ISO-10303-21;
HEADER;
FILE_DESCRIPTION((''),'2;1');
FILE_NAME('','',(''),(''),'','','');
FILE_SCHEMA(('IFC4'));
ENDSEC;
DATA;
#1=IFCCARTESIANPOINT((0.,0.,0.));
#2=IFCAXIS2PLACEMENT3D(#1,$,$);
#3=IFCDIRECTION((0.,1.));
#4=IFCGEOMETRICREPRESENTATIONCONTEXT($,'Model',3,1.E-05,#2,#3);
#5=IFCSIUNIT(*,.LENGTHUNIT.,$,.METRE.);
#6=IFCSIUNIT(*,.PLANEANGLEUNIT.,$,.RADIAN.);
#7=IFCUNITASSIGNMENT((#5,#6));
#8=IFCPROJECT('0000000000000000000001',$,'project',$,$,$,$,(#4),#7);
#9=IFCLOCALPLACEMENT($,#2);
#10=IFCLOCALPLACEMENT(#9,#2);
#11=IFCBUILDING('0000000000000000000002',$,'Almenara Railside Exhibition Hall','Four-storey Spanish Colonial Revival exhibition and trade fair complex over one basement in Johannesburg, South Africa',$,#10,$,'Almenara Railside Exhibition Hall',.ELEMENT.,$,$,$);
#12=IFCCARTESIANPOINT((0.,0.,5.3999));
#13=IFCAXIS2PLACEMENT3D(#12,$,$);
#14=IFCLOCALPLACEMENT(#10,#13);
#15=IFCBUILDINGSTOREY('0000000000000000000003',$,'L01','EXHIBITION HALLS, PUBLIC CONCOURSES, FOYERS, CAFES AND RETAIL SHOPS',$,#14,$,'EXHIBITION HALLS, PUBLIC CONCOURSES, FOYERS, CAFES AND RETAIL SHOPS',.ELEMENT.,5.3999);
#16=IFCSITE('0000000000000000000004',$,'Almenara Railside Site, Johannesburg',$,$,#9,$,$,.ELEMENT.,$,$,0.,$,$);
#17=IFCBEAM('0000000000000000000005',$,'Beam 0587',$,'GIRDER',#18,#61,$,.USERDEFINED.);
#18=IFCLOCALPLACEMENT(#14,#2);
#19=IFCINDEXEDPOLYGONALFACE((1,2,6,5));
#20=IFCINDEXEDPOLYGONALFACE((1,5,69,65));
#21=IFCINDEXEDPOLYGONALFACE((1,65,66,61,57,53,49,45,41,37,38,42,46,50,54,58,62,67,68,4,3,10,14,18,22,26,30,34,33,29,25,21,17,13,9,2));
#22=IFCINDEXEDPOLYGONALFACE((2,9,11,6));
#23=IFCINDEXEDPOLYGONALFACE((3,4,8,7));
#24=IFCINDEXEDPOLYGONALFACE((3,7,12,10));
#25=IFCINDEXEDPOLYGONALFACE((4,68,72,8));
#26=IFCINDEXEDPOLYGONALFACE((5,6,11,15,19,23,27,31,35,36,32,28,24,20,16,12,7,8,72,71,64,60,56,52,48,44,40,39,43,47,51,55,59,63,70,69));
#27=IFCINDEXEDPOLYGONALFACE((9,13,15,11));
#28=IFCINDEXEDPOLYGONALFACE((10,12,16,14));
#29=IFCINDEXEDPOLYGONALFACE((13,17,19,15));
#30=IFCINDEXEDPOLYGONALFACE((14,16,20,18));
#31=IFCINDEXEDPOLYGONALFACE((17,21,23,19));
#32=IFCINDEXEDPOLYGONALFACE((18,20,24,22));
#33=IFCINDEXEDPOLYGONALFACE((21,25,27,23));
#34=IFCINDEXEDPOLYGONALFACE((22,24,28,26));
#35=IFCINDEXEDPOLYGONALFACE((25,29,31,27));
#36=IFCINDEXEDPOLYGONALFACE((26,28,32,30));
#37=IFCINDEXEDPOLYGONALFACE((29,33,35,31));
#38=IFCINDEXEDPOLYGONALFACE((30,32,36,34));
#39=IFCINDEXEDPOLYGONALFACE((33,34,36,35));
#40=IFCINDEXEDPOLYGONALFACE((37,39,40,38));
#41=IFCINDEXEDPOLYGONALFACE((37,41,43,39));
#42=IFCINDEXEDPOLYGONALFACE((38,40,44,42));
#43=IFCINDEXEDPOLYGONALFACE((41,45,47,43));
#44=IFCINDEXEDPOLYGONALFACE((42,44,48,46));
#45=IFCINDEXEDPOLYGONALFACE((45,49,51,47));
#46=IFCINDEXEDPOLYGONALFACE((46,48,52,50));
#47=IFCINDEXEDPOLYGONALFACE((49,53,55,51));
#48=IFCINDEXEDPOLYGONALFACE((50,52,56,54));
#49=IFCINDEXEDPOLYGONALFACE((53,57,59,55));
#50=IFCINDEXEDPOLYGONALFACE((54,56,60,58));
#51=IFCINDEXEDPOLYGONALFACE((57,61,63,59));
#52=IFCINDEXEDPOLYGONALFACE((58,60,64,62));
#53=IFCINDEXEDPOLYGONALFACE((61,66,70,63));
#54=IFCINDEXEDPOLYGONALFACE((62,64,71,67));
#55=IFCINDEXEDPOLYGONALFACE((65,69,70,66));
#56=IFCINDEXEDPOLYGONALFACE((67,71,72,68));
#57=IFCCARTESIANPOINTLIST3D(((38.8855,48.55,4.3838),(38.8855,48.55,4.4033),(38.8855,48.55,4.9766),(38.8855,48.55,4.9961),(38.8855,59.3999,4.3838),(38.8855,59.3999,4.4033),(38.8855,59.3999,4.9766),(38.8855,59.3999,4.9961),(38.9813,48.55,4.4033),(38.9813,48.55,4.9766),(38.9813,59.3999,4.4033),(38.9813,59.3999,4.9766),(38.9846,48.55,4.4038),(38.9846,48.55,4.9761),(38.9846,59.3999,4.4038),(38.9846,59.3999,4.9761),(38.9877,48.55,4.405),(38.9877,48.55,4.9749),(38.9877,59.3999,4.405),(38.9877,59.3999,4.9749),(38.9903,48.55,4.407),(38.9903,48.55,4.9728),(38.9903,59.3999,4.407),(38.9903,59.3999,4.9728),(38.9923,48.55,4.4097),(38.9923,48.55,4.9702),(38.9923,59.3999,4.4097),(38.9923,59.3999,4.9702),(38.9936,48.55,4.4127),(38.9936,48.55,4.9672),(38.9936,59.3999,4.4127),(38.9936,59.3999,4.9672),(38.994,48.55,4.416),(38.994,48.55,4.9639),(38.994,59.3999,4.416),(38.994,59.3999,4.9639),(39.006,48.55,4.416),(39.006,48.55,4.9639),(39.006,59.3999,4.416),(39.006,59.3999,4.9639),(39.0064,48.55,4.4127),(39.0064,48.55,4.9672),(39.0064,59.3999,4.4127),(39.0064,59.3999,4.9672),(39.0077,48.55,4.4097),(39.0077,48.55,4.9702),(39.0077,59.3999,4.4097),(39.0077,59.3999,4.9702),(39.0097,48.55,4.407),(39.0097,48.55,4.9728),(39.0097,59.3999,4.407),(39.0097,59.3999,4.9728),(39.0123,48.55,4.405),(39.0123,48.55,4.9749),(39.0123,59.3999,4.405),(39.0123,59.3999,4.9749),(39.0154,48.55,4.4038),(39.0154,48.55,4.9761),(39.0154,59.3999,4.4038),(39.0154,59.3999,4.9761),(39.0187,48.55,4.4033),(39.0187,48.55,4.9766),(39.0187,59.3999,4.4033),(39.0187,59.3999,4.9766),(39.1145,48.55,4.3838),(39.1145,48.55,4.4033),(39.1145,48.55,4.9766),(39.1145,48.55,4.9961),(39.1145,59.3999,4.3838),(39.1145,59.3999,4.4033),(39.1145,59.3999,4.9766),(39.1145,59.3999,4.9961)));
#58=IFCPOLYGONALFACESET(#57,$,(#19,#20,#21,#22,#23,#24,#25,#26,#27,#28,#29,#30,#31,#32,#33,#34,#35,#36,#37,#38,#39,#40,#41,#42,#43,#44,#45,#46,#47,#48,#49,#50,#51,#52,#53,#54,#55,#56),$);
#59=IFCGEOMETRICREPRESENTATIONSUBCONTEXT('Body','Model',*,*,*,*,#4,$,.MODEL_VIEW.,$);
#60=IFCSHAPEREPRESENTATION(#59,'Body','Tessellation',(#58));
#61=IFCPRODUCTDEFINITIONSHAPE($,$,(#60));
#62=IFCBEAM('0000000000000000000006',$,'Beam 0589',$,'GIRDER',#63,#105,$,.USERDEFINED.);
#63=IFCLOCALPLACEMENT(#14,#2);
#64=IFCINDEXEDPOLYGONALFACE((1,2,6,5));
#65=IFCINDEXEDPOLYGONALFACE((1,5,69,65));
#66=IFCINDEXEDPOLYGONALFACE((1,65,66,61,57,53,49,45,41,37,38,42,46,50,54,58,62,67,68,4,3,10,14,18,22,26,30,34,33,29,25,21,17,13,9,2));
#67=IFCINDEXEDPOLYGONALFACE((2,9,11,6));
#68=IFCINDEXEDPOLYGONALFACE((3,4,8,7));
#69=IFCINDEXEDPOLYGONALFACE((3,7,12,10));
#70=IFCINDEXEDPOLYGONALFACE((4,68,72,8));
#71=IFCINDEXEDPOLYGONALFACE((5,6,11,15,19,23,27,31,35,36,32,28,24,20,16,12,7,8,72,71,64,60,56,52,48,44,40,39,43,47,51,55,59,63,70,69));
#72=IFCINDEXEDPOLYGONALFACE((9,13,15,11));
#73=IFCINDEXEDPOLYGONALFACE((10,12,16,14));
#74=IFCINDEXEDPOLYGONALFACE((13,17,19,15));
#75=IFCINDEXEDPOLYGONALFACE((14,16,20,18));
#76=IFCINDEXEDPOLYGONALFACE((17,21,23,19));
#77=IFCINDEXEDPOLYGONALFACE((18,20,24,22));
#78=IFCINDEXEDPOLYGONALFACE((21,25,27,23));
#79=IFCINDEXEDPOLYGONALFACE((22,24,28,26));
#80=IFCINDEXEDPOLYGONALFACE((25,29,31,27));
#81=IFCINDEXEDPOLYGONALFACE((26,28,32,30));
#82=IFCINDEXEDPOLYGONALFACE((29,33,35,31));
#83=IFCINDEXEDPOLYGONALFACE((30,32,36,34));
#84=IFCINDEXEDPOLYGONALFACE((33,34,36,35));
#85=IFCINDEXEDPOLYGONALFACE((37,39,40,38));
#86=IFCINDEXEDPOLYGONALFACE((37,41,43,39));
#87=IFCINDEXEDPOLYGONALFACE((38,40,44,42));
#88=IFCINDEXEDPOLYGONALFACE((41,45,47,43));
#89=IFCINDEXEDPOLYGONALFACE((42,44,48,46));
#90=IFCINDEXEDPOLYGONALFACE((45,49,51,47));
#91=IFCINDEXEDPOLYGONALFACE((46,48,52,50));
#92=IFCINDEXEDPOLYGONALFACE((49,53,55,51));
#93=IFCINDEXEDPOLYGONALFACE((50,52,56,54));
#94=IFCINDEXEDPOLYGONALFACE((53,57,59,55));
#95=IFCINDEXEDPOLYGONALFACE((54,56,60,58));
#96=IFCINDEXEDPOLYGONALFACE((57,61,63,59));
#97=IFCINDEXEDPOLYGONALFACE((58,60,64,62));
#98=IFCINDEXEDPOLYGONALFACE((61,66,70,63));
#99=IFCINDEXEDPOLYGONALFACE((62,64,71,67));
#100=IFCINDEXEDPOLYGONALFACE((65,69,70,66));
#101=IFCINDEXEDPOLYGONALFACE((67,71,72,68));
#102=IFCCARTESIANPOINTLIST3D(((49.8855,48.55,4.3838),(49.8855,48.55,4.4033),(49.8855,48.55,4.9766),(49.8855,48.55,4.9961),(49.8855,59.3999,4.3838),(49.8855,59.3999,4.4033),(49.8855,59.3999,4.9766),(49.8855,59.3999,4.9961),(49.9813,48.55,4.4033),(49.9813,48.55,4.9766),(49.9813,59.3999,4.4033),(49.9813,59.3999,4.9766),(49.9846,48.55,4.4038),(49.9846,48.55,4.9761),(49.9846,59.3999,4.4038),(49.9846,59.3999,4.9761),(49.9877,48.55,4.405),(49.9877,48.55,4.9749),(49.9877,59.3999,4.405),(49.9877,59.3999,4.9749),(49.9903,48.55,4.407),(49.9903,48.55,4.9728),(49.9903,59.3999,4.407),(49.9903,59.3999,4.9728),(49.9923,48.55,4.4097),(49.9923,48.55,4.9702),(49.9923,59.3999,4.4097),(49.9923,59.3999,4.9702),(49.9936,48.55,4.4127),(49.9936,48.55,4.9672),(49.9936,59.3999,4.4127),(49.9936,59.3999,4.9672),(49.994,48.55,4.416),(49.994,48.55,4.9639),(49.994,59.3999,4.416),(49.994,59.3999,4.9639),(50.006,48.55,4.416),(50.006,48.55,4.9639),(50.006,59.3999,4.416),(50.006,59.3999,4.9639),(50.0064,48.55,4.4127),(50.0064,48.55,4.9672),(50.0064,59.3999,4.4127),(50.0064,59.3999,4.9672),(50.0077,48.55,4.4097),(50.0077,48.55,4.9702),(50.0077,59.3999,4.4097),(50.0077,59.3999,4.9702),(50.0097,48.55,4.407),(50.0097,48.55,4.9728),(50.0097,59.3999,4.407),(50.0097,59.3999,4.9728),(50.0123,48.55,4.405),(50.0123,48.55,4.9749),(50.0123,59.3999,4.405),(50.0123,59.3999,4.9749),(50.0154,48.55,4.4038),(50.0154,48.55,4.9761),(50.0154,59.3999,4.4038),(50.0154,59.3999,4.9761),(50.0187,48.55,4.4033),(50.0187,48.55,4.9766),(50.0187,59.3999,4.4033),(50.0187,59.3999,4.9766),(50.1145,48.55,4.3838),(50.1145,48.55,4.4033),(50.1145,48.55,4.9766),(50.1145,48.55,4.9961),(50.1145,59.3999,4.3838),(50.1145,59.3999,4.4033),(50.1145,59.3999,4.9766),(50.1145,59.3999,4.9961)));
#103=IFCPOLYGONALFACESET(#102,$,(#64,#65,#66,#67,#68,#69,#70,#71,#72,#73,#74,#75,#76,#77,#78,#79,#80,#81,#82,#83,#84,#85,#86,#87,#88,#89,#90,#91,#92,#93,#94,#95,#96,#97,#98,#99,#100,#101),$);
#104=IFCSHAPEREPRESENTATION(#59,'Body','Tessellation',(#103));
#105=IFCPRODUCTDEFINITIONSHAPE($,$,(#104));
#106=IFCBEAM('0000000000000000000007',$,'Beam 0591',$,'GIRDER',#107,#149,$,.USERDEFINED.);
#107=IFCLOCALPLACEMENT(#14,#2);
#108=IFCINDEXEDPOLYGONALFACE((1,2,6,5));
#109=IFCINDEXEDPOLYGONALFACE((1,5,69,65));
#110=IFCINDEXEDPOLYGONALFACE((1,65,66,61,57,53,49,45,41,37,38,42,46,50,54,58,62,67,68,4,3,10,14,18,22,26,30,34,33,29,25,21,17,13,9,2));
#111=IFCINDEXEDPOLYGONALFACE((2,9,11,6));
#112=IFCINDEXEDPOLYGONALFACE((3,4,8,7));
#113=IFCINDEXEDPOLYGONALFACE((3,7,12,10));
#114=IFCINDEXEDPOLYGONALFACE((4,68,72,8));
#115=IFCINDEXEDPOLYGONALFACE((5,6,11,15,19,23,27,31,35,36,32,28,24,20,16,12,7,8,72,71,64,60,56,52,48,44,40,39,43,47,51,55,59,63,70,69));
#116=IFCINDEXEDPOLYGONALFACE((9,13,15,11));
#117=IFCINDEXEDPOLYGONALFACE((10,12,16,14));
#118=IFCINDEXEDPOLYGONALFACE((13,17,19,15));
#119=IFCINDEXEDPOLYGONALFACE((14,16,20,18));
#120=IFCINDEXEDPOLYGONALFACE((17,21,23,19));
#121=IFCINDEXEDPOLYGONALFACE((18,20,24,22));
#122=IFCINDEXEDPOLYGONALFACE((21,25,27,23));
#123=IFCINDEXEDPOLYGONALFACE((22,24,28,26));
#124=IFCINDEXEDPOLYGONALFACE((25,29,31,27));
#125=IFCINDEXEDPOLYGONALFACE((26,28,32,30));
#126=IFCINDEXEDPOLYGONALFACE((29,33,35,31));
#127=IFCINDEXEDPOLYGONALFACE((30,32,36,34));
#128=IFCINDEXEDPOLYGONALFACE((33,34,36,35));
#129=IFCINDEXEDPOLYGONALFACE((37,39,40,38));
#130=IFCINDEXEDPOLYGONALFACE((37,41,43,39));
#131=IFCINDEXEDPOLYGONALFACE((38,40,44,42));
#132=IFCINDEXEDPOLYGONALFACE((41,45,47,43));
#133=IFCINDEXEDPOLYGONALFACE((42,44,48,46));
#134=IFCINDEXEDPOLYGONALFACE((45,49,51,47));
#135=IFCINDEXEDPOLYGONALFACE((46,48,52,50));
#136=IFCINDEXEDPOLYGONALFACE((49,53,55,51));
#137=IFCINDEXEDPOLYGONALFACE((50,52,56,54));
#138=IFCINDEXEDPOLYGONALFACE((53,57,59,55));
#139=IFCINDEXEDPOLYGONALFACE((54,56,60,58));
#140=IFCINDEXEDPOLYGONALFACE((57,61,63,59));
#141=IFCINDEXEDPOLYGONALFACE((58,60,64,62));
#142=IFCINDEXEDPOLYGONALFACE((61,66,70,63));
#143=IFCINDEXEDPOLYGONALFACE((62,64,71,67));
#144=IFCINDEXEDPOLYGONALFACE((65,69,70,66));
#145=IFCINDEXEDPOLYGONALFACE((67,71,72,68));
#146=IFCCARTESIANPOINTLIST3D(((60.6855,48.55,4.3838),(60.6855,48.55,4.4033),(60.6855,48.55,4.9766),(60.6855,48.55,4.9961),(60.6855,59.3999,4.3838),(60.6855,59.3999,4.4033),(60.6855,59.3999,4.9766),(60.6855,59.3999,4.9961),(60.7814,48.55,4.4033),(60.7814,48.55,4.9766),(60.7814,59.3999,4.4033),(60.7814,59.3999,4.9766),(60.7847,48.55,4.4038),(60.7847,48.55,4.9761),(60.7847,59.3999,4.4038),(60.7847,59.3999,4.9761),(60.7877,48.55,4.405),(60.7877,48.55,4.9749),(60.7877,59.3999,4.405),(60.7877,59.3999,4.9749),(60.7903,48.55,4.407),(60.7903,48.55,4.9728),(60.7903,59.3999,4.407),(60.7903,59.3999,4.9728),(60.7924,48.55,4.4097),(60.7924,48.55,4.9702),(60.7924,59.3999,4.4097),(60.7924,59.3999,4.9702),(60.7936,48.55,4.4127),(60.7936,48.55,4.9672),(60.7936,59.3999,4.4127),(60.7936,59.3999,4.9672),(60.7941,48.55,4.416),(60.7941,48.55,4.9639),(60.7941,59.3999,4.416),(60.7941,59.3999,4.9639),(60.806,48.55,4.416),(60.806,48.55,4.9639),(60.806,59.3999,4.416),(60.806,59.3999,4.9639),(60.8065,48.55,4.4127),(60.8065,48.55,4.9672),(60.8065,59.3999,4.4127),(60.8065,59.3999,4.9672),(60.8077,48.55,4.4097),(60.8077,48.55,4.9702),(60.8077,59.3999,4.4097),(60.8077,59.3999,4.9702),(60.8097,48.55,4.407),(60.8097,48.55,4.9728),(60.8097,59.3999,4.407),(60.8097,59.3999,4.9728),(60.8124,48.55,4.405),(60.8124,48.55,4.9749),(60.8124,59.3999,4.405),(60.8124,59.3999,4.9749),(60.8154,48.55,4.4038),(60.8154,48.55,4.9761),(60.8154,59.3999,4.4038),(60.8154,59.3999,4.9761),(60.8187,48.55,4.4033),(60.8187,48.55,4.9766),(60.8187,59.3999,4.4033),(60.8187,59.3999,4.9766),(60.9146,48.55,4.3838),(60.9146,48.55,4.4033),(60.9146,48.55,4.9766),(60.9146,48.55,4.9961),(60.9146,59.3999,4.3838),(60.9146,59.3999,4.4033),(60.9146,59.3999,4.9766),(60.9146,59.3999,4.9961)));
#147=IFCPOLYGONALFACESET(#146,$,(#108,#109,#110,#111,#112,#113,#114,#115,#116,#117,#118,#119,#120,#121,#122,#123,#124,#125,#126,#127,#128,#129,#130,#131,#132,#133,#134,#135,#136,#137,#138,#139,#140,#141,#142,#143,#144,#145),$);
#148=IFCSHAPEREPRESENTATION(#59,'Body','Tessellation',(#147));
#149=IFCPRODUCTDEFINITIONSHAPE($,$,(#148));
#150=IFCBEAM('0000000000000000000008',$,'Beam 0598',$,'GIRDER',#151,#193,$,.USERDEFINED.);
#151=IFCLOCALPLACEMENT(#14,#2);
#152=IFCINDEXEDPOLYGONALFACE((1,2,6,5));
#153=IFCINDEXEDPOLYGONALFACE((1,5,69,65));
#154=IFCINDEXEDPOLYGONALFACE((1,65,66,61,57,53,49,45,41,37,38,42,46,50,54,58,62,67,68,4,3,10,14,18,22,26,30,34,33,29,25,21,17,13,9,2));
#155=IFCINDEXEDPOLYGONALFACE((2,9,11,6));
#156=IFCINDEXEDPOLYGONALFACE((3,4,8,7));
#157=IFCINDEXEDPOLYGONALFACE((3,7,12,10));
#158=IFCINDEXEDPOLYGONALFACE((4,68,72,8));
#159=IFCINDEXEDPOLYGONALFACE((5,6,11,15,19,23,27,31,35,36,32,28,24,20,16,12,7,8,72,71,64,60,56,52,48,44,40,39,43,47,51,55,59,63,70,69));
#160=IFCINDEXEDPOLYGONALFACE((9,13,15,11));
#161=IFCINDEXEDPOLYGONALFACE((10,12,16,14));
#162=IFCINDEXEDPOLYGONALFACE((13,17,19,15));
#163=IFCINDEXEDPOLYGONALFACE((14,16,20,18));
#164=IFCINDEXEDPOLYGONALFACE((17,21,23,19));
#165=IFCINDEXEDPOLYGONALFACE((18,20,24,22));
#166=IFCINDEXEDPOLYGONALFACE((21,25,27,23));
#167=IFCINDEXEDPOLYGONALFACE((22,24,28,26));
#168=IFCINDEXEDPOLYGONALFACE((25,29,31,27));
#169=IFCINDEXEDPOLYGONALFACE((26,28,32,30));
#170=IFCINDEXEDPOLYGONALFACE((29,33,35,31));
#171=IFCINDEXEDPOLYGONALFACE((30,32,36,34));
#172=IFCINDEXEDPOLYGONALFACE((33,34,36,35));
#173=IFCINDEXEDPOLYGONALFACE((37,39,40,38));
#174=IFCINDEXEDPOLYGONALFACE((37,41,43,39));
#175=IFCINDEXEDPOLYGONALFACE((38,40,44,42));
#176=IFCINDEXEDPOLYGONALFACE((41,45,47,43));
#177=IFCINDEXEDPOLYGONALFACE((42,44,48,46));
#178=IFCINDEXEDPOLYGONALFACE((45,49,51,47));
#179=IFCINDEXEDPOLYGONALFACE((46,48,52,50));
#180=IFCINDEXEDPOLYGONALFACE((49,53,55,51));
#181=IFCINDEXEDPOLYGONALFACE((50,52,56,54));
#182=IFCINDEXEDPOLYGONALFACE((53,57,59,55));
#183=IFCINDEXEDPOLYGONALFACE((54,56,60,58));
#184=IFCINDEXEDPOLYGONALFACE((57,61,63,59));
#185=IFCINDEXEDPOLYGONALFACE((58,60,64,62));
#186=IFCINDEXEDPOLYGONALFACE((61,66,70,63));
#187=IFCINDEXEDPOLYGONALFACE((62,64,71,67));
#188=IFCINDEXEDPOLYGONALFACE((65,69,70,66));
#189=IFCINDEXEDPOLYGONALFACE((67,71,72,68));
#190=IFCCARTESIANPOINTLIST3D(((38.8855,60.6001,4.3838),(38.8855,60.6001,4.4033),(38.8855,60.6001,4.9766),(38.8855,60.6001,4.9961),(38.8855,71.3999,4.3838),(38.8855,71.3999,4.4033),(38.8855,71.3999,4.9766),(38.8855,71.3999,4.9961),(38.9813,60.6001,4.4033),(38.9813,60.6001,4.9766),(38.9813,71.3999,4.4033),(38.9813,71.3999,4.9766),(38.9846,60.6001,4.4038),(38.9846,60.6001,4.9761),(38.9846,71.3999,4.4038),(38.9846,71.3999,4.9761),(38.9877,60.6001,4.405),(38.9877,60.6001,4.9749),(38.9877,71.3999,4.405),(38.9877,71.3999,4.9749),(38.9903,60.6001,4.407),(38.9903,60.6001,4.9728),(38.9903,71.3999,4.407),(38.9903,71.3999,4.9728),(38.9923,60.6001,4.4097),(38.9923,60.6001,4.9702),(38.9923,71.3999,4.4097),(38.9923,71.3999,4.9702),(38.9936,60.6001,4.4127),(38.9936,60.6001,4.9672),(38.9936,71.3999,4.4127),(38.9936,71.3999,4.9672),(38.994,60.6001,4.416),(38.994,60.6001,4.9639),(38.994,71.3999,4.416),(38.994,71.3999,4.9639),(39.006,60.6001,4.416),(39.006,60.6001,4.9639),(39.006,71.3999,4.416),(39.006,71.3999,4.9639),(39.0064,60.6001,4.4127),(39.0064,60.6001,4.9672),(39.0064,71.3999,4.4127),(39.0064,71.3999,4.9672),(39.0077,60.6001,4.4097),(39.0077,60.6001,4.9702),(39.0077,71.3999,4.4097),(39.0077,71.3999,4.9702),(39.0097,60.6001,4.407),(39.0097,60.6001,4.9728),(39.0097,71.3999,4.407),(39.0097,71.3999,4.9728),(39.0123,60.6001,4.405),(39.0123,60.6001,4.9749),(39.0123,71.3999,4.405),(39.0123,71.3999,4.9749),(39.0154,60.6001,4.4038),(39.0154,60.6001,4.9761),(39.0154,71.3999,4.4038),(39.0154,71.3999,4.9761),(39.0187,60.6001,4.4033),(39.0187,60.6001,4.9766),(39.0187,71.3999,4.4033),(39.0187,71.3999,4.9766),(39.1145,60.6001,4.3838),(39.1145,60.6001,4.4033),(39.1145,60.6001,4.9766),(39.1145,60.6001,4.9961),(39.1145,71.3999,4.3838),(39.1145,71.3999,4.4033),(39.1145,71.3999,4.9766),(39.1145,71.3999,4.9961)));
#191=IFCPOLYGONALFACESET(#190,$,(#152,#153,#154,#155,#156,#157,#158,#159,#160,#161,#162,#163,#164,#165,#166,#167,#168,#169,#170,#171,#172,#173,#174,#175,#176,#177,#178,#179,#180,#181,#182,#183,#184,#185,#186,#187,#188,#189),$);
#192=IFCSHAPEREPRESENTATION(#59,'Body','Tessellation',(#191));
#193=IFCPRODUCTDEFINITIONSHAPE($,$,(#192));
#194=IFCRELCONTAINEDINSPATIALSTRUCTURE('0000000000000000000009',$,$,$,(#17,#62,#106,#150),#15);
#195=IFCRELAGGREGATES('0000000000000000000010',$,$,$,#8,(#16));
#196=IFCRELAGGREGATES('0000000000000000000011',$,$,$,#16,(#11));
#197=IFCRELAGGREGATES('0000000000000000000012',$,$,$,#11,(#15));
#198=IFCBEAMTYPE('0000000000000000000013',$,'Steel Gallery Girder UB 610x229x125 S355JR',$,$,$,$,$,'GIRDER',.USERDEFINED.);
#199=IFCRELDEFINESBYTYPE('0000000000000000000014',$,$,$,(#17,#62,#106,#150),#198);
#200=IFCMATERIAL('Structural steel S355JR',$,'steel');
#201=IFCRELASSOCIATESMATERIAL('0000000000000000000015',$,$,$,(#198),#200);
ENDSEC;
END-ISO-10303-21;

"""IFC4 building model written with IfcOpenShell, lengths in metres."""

from ifc_helpers import new_model, si_unit, direction, frame, origin, origin_2d, place, context, subcontext, project, spatial, i_section, extrude, material, material_profile, profile_set, type_object, element, save


model = new_model("IFC4")

# Units and contexts
model_context = context("Model", 3, precision=1e-05, world=origin(), true_north=direction((0.0, 1.0)))
body_context = subcontext(model_context, "Body", "Model", "MODEL_VIEW")
ifc_project = project(units=[si_unit("LENGTHUNIT", "METRE"), si_unit("PLANEANGLEUNIT", "RADIAN")], contexts=[model_context])

# Site, building, storey
site_placement = place(None, origin())
site = spatial("IfcSite", under=ifc_project, at=site_placement, Name="Almenara Railside Site, Johannesburg", CompositionType="ELEMENT", RefElevation=0.0)
building_placement = place(site_placement, origin())
building = spatial("IfcBuilding", under=site, at=building_placement, Name="Almenara Railside Exhibition Hall", Description="Four-storey Spanish Colonial Revival exhibition and trade fair complex over one basement in Johannesburg, South Africa", LongName="Almenara Railside Exhibition Hall", CompositionType="ELEMENT")
storey_placement = place(building_placement, frame((0.0, 0.0, 5.3999)))
storey = spatial("IfcBuildingStorey", under=building, at=storey_placement, Name="L01", Description="EXHIBITION HALLS, PUBLIC CONCOURSES, FOYERS, CAFES AND RETAIL SHOPS", LongName="EXHIBITION HALLS, PUBLIC CONCOURSES, FOYERS, CAFES AND RETAIL SHOPS", CompositionType="ELEMENT", Elevation=5.3999)

# Beams
ifc_material_1 = material(Name="Structural steel S355JR", Category="steel")
ifc_material_profile_1 = material_profile(ifc_material_1, i_section(OverallWidth=0.229, OverallDepth=0.6123, WebThickness=0.012, FlangeThickness=0.0195, FilletRadius=0.0127, at=origin_2d()), Name="UB 610x229x125")
ifc_profile_set_1 = profile_set([ifc_material_profile_1], Name="Structural steel S355JR")
beam_type_1 = type_object("IfcBeamType", Name="Steel Gallery Girder UB 610x229x125 S355JR", ElementType="GIRDER", PredefinedType="USERDEFINED", material=ifc_profile_set_1)
for number, where, z_axis, x_axis, name in (
    (1, (39.0, 48.55, 4.6899), (0.0, 1.0, 0.0), (-1.0, 0.0, 0.0), "Beam 0587"),
    (2, (50.0, 48.55, 4.6899), (0.0, 1.0, 0.0), (-1.0, 0.0, 0.0), "Beam 0589"),
    (3, (60.8, 48.55, 4.6899), (0.0, 1.0, 0.0), (-1.0, 0.0, 0.0), "Beam 0591"),
):
    element("IfcBeam", number, at=place(storey_placement, frame(where, z_axis=z_axis, x_axis=x_axis)), inside=storey, type_object=beam_type_1, Name=name, ObjectType="GIRDER", PredefinedType="USERDEFINED", context=body_context, shape_type="SweptSolid", body=[
        extrude(i_section(OverallWidth=0.229, OverallDepth=0.6123, WebThickness=0.012, FlangeThickness=0.0195, FilletRadius=0.0127, at=origin_2d()), origin(), (0.0, 0.0, 1.0), 10.8499),
    ])
for number, where, z_axis, x_axis, name in (
    (4, (39.0, 60.6001, 4.6899), (0.0, 1.0, 0.0), (-1.0, 0.0, 0.0), "Beam 0598"),
):
    element("IfcBeam", number, at=place(storey_placement, frame(where, z_axis=z_axis, x_axis=x_axis)), inside=storey, type_object=beam_type_1, Name=name, ObjectType="GIRDER", PredefinedType="USERDEFINED", context=body_context, shape_type="SweptSolid", body=[
        extrude(i_section(OverallWidth=0.229, OverallDepth=0.6123, WebThickness=0.012, FlangeThickness=0.0195, FilletRadius=0.0127, at=origin_2d()), origin(), (0.0, 0.0, 1.0), 10.7998),
    ])

save(model, "model.ifc")
